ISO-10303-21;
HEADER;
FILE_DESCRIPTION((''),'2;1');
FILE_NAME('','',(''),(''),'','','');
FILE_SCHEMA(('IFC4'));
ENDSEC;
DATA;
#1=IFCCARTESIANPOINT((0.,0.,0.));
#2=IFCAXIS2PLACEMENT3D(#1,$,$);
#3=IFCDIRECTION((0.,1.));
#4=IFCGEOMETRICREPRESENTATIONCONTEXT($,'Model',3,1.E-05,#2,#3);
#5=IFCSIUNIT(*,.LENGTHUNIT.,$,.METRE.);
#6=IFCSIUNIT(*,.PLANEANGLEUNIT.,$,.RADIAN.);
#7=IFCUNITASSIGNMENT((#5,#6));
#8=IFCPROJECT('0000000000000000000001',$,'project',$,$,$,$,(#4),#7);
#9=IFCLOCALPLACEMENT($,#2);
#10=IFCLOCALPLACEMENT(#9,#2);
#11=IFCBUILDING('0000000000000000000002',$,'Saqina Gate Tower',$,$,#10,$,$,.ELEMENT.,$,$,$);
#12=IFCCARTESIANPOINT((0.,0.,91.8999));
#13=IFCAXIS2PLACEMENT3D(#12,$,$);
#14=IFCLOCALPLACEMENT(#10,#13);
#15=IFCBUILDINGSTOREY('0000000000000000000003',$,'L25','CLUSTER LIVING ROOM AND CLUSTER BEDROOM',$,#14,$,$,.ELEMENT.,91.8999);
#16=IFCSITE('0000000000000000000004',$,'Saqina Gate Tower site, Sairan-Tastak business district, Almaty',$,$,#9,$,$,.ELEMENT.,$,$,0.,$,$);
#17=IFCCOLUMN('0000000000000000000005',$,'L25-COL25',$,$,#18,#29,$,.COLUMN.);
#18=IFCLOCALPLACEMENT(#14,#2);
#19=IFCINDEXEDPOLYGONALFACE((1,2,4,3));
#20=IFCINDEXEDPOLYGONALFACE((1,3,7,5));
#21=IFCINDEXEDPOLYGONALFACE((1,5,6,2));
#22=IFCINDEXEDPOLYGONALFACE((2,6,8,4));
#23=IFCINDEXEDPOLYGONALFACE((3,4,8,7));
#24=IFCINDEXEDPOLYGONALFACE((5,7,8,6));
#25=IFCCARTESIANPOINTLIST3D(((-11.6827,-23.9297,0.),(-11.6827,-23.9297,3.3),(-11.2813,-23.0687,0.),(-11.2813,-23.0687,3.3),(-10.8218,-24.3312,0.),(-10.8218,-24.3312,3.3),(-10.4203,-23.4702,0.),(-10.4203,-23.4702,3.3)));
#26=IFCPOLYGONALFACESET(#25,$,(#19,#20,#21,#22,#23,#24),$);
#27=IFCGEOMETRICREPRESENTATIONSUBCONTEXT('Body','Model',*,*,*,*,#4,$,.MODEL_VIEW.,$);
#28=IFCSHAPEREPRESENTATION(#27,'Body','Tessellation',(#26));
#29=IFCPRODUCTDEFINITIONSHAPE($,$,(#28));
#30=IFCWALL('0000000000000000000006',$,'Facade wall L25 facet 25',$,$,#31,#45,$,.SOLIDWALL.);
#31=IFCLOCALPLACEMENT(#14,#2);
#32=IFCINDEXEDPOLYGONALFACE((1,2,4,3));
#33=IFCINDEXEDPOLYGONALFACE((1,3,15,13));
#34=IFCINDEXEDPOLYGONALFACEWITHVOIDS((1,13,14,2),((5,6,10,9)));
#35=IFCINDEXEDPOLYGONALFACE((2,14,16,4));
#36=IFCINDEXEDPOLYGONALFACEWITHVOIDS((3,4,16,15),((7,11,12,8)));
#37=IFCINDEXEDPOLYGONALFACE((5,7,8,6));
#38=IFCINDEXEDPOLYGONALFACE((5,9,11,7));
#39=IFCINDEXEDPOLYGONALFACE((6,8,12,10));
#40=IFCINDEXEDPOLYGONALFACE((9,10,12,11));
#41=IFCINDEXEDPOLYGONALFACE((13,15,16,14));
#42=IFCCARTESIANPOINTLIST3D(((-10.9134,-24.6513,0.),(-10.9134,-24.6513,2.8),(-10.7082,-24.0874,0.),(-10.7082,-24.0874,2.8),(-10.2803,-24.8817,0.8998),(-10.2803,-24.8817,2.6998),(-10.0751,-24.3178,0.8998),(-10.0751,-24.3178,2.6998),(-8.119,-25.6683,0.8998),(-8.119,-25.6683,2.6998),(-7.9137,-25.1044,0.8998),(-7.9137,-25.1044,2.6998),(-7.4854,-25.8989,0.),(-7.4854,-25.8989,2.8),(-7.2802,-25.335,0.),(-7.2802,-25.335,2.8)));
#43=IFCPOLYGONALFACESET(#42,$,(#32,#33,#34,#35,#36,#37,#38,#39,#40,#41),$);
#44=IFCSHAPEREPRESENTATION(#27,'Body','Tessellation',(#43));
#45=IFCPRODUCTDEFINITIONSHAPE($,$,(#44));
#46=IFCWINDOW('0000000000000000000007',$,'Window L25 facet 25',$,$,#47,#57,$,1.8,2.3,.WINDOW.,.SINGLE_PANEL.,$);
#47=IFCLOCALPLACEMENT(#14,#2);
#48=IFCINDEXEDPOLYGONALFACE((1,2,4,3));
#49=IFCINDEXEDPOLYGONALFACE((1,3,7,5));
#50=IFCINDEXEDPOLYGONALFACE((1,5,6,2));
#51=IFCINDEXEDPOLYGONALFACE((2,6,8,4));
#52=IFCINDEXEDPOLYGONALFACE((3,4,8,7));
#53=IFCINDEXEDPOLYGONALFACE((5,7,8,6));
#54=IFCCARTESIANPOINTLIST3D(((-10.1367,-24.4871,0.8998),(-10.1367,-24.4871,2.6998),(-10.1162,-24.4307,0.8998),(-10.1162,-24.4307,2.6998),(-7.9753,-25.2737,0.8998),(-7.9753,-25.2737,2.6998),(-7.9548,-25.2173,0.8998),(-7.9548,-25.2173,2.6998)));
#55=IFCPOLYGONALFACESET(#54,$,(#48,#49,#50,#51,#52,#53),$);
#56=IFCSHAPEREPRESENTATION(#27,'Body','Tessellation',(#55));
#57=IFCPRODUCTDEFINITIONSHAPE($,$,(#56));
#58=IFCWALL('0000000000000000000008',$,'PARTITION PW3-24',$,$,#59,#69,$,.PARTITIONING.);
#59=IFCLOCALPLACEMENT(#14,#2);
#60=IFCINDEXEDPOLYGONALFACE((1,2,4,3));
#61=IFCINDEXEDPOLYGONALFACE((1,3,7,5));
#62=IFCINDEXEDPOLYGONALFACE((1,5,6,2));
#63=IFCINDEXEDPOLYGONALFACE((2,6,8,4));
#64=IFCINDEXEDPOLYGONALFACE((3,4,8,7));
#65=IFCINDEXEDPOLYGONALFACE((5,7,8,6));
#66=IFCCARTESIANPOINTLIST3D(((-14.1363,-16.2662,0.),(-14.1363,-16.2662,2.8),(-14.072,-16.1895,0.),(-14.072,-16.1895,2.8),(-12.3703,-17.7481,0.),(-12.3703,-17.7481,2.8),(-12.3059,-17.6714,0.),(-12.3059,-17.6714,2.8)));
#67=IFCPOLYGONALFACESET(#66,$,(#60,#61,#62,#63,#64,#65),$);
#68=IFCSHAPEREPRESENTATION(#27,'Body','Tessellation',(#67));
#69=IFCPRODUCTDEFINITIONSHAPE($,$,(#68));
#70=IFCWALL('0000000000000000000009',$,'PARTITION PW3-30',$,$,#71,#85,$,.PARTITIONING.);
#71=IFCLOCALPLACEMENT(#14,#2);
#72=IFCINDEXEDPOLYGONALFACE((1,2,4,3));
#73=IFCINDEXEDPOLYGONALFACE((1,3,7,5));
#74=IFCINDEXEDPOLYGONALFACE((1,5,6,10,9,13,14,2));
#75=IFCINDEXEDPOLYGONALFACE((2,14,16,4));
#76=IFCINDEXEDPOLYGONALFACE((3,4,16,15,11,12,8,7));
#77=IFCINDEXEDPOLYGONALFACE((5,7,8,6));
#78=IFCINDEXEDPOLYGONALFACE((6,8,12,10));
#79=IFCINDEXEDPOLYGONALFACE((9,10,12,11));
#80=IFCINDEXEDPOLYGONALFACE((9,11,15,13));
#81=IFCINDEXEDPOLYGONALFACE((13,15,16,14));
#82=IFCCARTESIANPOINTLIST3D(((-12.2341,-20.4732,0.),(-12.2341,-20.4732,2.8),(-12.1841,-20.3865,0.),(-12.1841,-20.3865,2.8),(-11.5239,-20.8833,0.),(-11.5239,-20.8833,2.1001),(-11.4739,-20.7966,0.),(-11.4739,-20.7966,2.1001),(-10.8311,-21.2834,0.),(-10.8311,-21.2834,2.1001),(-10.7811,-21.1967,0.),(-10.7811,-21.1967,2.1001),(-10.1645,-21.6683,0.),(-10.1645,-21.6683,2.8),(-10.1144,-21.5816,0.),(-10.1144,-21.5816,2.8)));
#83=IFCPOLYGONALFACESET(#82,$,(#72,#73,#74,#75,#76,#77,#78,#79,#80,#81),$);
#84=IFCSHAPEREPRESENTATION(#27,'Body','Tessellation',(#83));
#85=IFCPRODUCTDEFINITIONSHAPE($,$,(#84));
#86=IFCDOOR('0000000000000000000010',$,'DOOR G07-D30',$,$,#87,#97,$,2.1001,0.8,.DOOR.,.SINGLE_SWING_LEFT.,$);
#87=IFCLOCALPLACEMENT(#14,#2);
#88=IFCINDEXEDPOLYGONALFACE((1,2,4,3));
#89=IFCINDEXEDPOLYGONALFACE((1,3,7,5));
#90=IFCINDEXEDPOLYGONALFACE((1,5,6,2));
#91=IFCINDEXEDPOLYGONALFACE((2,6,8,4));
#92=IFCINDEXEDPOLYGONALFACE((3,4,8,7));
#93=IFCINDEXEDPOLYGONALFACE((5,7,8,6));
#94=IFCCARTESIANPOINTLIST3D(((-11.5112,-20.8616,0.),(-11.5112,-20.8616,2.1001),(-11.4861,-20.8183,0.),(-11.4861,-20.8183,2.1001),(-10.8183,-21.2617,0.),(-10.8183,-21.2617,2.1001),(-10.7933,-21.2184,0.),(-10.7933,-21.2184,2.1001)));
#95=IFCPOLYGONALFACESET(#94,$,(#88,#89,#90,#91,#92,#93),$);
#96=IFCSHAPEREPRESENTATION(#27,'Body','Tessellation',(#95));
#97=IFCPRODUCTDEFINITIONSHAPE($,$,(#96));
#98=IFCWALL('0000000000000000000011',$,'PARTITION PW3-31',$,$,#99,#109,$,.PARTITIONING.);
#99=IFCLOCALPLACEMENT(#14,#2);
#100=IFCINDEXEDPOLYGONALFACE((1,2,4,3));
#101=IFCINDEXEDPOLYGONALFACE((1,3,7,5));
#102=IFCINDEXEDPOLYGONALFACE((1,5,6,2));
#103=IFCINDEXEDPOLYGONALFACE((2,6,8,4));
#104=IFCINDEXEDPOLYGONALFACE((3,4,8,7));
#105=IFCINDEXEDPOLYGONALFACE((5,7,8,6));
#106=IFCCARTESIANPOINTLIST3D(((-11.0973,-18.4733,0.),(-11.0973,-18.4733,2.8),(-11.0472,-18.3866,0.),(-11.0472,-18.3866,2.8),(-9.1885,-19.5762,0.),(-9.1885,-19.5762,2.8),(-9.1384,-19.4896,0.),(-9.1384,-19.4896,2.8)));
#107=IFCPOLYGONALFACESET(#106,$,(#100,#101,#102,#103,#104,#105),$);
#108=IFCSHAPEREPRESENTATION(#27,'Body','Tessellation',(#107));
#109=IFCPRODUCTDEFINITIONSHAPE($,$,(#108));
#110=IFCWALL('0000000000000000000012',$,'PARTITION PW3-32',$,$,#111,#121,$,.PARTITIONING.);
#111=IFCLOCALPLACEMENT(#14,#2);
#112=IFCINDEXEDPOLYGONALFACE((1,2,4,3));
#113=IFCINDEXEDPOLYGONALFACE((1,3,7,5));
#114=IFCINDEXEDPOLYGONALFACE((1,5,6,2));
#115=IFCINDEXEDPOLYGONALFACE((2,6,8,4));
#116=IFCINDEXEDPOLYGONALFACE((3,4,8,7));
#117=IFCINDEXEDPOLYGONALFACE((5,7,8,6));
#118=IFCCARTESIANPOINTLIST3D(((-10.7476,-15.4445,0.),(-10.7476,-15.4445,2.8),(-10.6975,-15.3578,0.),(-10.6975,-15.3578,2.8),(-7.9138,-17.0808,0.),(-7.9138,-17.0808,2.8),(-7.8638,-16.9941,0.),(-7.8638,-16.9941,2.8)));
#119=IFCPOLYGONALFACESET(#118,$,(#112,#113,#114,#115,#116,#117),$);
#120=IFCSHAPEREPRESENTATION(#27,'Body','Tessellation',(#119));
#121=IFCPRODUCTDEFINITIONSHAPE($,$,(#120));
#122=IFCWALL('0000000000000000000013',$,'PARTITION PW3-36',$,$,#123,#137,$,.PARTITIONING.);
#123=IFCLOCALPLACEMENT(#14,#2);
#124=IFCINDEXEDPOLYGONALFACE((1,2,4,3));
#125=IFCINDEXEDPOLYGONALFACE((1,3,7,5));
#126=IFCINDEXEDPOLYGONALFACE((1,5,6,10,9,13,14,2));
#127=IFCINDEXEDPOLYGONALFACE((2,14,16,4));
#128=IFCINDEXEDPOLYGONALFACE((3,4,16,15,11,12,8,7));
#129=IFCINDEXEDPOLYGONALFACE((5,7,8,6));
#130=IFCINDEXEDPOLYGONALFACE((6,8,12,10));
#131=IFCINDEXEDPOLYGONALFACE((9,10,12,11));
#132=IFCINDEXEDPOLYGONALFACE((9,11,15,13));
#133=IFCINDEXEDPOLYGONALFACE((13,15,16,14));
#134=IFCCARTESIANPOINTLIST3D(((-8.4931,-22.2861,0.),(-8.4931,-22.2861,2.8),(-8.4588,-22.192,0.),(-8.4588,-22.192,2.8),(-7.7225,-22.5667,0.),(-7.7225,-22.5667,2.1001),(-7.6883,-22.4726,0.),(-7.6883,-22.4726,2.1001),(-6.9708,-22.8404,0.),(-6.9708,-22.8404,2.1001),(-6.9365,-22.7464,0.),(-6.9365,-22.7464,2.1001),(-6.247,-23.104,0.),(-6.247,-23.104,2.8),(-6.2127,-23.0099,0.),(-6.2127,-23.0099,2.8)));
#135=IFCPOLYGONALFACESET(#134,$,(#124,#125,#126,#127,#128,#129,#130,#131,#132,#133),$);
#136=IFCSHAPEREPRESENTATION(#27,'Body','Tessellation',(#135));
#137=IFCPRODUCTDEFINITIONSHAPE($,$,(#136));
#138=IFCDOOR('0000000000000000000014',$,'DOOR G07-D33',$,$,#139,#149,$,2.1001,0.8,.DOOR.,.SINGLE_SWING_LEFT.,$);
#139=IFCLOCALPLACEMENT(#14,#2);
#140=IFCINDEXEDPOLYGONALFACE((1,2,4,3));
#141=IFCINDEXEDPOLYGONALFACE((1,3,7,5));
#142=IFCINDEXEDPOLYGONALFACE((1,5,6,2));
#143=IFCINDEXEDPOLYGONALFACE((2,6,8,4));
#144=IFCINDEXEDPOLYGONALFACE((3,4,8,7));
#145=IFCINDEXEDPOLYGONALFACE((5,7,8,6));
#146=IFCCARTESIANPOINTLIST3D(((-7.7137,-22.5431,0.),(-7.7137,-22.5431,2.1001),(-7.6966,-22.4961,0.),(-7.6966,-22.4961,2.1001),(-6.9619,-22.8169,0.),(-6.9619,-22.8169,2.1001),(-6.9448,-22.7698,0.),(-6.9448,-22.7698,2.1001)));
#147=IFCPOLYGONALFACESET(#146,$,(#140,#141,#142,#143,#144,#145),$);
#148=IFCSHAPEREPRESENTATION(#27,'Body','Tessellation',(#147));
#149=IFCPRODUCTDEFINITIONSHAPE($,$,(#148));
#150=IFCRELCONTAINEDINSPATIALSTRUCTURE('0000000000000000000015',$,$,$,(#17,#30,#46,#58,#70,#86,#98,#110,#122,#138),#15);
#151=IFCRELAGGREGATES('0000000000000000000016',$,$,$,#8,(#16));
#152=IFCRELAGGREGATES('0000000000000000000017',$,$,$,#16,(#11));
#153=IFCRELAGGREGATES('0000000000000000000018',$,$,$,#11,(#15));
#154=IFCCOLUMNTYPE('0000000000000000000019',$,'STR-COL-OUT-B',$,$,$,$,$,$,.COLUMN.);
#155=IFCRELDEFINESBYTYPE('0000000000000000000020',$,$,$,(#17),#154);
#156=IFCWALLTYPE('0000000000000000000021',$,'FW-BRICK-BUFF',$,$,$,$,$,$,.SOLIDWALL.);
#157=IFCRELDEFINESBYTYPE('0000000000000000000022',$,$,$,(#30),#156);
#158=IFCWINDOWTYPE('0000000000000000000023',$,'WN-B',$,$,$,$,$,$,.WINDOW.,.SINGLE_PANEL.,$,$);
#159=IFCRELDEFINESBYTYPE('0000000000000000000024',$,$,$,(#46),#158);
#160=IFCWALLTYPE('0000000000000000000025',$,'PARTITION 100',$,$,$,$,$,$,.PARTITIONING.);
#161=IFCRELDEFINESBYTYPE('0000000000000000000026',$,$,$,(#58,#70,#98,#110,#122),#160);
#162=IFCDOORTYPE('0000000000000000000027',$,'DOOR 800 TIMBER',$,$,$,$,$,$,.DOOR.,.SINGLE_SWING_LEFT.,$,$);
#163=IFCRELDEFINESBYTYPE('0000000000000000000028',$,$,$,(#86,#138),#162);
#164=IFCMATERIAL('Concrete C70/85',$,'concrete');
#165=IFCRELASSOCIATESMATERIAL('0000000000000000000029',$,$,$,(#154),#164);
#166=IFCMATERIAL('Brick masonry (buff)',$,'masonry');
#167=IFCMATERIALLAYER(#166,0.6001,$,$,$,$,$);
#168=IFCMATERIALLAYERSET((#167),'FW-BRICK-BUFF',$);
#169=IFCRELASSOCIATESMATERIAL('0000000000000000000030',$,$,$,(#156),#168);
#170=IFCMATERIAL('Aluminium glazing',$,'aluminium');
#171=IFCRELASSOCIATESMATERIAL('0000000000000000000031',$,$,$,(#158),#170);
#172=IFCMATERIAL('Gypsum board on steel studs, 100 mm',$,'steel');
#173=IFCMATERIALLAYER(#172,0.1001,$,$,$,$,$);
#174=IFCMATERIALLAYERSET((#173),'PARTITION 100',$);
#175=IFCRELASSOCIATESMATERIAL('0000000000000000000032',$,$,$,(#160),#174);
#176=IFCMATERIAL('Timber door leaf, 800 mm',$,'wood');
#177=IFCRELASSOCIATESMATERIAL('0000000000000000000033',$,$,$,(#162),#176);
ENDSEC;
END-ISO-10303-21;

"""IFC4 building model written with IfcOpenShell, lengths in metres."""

from ifc_helpers import new_model, si_unit, direction, frame, frame_2d, origin, origin_2d, place, context, subcontext, project, spatial, rectangle, extrude, material, layer, layer_set, material_profile, profile_set, type_object, element, fill, save


model = new_model("IFC4")

# Units and contexts
model_context = context("Model", 3, precision=1e-05, world=origin(), true_north=direction((0.0, 1.0)))
body_context = subcontext(model_context, "Body", "Model", "MODEL_VIEW")
ifc_project = project(units=[si_unit("LENGTHUNIT", "METRE"), si_unit("PLANEANGLEUNIT", "RADIAN")], contexts=[model_context])

# Site, building, storey
site_placement = place(None, origin())
site = spatial("IfcSite", under=ifc_project, at=site_placement, Name="Saqina Gate Tower site, Sairan-Tastak business district, Almaty", CompositionType="ELEMENT", RefElevation=0.0)
building_placement = place(site_placement, origin())
building = spatial("IfcBuilding", under=site, at=building_placement, Name="Saqina Gate Tower", CompositionType="ELEMENT")
storey_placement = place(building_placement, frame((0.0, 0.0, 91.8999)))
storey = spatial("IfcBuildingStorey", under=building, at=storey_placement, Name="L25", Description="CLUSTER LIVING ROOM AND CLUSTER BEDROOM", CompositionType="ELEMENT", Elevation=91.8999)

# Column
ifc_material_1 = material(Name="Concrete C70/85", Category="concrete")
ifc_material_profile = material_profile(ifc_material_1, rectangle(XDim=0.95, YDim=0.95, at=origin_2d()), Name="RC 950x950")
ifc_profile_set = profile_set([ifc_material_profile], Name="Concrete C70/85")
column_type = type_object("IfcColumnType", Name="STR-COL-OUT-B", PredefinedType="COLUMN", material=ifc_profile_set)
column_placement = place(storey_placement, frame((-11.0515, -23.7, 0.0), z_axis=(0.0, 0.0, 1.0), x_axis=(-0.422618, -0.906308, 0.0)))
element("IfcColumn", 1, at=column_placement, inside=storey, type_object=column_type, Name="L25-COL25", PredefinedType="COLUMN", context=body_context, shape_type="SweptSolid", body=[
    extrude(rectangle(XDim=0.95, YDim=0.95, at=origin_2d()), origin(), (0.0, 0.0, 1.0), 3.3),
])

# Wall, opening, window
ifc_material_2 = material(Name="Brick masonry (buff)", Category="masonry")
ifc_layer_1 = layer(ifc_material_2, 0.6001)
ifc_layer_set_1 = layer_set([ifc_layer_1], Name="FW-BRICK-BUFF")
wall_type_1 = type_object("IfcWallType", Name="FW-BRICK-BUFF", PredefinedType="SOLIDWALL", material=ifc_layer_set_1)
wall_1_placement = place(storey_placement, frame((-10.8108, -24.3694, 0.0), z_axis=(0.0, 0.0, 1.0), x_axis=(0.939704, -0.34199, 0.0)))
wall_1 = element("IfcWall", 2, at=wall_1_placement, inside=storey, type_object=wall_type_1, Name="Facade wall L25 facet 25", PredefinedType="SOLIDWALL", context=body_context, shape_type="SweptSolid", body=[
    extrude(rectangle(XDim=3.6479, YDim=0.6001, at=frame_2d((1.824, 0.0))), origin(), (0.0, 0.0, 1.0), 2.8),
])
opening_1_placement = place(wall_1_placement, frame((0.6738, 0.0, 0.8999)))
opening_1 = element("IfcOpeningElement", 3, at=opening_1_placement, cuts=wall_1, PredefinedType="OPENING", context=body_context, shape_type="SweptSolid", body=[
    extrude(rectangle(XDim=2.3, YDim=1.8, at=frame_2d((1.1499, 0.8999))), frame((0.0, 0.312, 0.0), z_axis=(0.0, -1.0, 0.0), x_axis=(1.0, 0.0, 0.0)), (0.0, 0.0, 1.0), 0.624),
])
ifc_material_3 = material(Name="Aluminium glazing", Category="aluminium")
window_type = type_object("IfcWindowType", Name="WN-B", PartitioningType="SINGLE_PANEL", PredefinedType="WINDOW", material=ifc_material_3)
window_placement = place(opening_1_placement, origin())
window = element("IfcWindow", 4, at=window_placement, inside=storey, type_object=window_type, Name="Window L25 facet 25", OverallHeight=1.8, OverallWidth=2.3, PartitioningType="SINGLE_PANEL", PredefinedType="WINDOW", context=body_context, shape_type="SweptSolid", body=[
    extrude(rectangle(XDim=2.3, YDim=1.8, at=frame_2d((1.1499, 0.8999))), frame((0.0, 0.1799, 0.0), z_axis=(0.0, -1.0, 0.0), x_axis=(1.0, 0.0, 0.0)), (0.0, 0.0, 1.0), 0.0601),
])
fill(opening_1, window)

# Wall
ifc_material_4 = material(Name="Gypsum board on steel studs, 100 mm", Category="steel")
ifc_layer_2 = layer(ifc_material_4, 0.1001)
ifc_layer_set_2 = layer_set([ifc_layer_2], Name="PARTITION 100")
wall_type_2 = type_object("IfcWallType", Name="PARTITION 100", PredefinedType="PARTITIONING", material=ifc_layer_set_2)
wall_2_placement = place(storey_placement, frame((-14.1042, -16.2278, 0.0), z_axis=(0.0, 0.0, 1.0), x_axis=(0.766047, -0.642785, 0.0)))
element("IfcWall", 5, at=wall_2_placement, inside=storey, type_object=wall_type_2, Name="PARTITION PW3-24", PredefinedType="PARTITIONING", context=body_context, shape_type="SweptSolid", body=[
    extrude(rectangle(XDim=2.3054, YDim=0.1001, at=frame_2d((1.1528, 0.0))), origin(), (0.0, 0.0, 1.0), 2.8),
])

# Wall, opening, door
wall_3_placement = place(storey_placement, frame((-12.209, -20.4299, 0.0), z_axis=(0.0, 0.0, 1.0), x_axis=(0.86599, -0.500061, 0.0)))
wall_3 = element("IfcWall", 6, at=wall_3_placement, inside=storey, type_object=wall_type_2, Name="PARTITION PW3-30", PredefinedType="PARTITIONING", context=body_context, shape_type="SweptSolid", body=[
    extrude(rectangle(XDim=2.3899, YDim=0.1001, at=frame_2d((1.1948, 0.0))), origin(), (0.0, 0.0, 1.0), 2.8),
])
opening_2_placement = place(wall_3_placement, frame((0.8201, 0.0, 0.0)))
opening_2 = element("IfcOpeningElement", 7, at=opening_2_placement, cuts=wall_3, PredefinedType="OPENING", context=body_context, shape_type="SweptSolid", body=[
    extrude(rectangle(XDim=0.8, YDim=2.1001, at=frame_2d((0.3999, 1.05))), frame((0.0, 0.062, 0.0), z_axis=(0.0, -1.0, 0.0), x_axis=(1.0, 0.0, 0.0)), (0.0, 0.0, 1.0), 0.124),
])
ifc_material_5 = material(Name="Timber door leaf, 800 mm", Category="wood")
door_type_1 = type_object("IfcDoorType", Name="DOOR 800 TIMBER", OperationType="SINGLE_SWING_LEFT", PredefinedType="DOOR", material=ifc_material_5)
door_1_placement = place(opening_2_placement, frame((0.8, 0.0, 0.0), z_axis=(0.0, 0.0, 1.0), x_axis=(-1.0, 0.0, 0.0)))
door_1 = element("IfcDoor", 8, at=door_1_placement, inside=storey, type_object=door_type_1, Name="DOOR G07-D30", OperationType="SINGLE_SWING_LEFT", OverallHeight=2.1001, OverallWidth=0.8, PredefinedType="DOOR", context=body_context, shape_type="SweptSolid", body=[
    extrude(rectangle(XDim=0.8, YDim=2.1001, at=frame_2d((0.3999, 1.05))), frame((0.0, 0.0249, 0.0), z_axis=(0.0, -1.0, 0.0), x_axis=(1.0, 0.0, 0.0)), (0.0, 0.0, 1.0), 0.05),
])
fill(opening_2, door_1)

# Walls
wall_4_placement = place(storey_placement, frame((-11.0723, -18.4299, 0.0), z_axis=(0.0, 0.0, 1.0), x_axis=(0.865848, -0.500307, 0.0)))
element("IfcWall", 9, at=wall_4_placement, inside=storey, type_object=wall_type_2, Name="PARTITION PW3-31", PredefinedType="PARTITIONING", context=body_context, shape_type="SweptSolid", body=[
    extrude(rectangle(XDim=2.2046, YDim=0.1001, at=frame_2d((1.1023, 0.0))), origin(), (0.0, 0.0, 1.0), 2.8),
])
wall_5_placement = place(storey_placement, frame((-10.7227, -15.4011, 0.0), z_axis=(0.0, 0.0, 1.0), x_axis=(0.866003, -0.500039, 0.0)))
element("IfcWall", 10, at=wall_5_placement, inside=storey, type_object=wall_type_2, Name="PARTITION PW3-32", PredefinedType="PARTITIONING", context=body_context, shape_type="SweptSolid", body=[
    extrude(rectangle(XDim=3.2722, YDim=0.1001, at=frame_2d((1.6362, 0.0))), origin(), (0.0, 0.0, 1.0), 2.8),
])

# Wall, opening, door
wall_6_placement = place(storey_placement, frame((-8.4761, -22.239, 0.0), z_axis=(0.0, 0.0, 1.0), x_axis=(0.939644, -0.342153, 0.0)))
wall_6 = element("IfcWall", 11, at=wall_6_placement, inside=storey, type_object=wall_type_2, Name="PARTITION PW3-36", PredefinedType="PARTITIONING", context=body_context, shape_type="SweptSolid", body=[
    extrude(rectangle(XDim=2.3904, YDim=0.1001, at=frame_2d((1.1953, 0.0))), origin(), (0.0, 0.0, 1.0), 2.8),
])
opening_3_placement = place(wall_6_placement, frame((0.8203, 0.0, 0.0)))
opening_3 = element("IfcOpeningElement", 12, at=opening_3_placement, cuts=wall_6, PredefinedType="OPENING", context=body_context, shape_type="SweptSolid", body=[
    extrude(rectangle(XDim=0.8, YDim=2.1001, at=frame_2d((0.3999, 1.05))), frame((0.0, 0.062, 0.0), z_axis=(0.0, -1.0, 0.0), x_axis=(1.0, 0.0, 0.0)), (0.0, 0.0, 1.0), 0.124),
])
door_2_placement = place(opening_3_placement, frame((0.8, 0.0, 0.0), z_axis=(0.0, 0.0, 1.0), x_axis=(-1.0, 0.0, 0.0)))
door_2 = element("IfcDoor", 13, at=door_2_placement, inside=storey, type_object=door_type_1, Name="DOOR G07-D33", OperationType="SINGLE_SWING_LEFT", OverallHeight=2.1001, OverallWidth=0.8, PredefinedType="DOOR", context=body_context, shape_type="SweptSolid", body=[
    extrude(rectangle(XDim=0.8, YDim=2.1001, at=frame_2d((0.3999, 1.05))), frame((0.0, 0.0249, 0.0), z_axis=(0.0, -1.0, 0.0), x_axis=(1.0, 0.0, 0.0)), (0.0, 0.0, 1.0), 0.05),
])
fill(opening_3, door_2)

save(model, "model.ifc")
